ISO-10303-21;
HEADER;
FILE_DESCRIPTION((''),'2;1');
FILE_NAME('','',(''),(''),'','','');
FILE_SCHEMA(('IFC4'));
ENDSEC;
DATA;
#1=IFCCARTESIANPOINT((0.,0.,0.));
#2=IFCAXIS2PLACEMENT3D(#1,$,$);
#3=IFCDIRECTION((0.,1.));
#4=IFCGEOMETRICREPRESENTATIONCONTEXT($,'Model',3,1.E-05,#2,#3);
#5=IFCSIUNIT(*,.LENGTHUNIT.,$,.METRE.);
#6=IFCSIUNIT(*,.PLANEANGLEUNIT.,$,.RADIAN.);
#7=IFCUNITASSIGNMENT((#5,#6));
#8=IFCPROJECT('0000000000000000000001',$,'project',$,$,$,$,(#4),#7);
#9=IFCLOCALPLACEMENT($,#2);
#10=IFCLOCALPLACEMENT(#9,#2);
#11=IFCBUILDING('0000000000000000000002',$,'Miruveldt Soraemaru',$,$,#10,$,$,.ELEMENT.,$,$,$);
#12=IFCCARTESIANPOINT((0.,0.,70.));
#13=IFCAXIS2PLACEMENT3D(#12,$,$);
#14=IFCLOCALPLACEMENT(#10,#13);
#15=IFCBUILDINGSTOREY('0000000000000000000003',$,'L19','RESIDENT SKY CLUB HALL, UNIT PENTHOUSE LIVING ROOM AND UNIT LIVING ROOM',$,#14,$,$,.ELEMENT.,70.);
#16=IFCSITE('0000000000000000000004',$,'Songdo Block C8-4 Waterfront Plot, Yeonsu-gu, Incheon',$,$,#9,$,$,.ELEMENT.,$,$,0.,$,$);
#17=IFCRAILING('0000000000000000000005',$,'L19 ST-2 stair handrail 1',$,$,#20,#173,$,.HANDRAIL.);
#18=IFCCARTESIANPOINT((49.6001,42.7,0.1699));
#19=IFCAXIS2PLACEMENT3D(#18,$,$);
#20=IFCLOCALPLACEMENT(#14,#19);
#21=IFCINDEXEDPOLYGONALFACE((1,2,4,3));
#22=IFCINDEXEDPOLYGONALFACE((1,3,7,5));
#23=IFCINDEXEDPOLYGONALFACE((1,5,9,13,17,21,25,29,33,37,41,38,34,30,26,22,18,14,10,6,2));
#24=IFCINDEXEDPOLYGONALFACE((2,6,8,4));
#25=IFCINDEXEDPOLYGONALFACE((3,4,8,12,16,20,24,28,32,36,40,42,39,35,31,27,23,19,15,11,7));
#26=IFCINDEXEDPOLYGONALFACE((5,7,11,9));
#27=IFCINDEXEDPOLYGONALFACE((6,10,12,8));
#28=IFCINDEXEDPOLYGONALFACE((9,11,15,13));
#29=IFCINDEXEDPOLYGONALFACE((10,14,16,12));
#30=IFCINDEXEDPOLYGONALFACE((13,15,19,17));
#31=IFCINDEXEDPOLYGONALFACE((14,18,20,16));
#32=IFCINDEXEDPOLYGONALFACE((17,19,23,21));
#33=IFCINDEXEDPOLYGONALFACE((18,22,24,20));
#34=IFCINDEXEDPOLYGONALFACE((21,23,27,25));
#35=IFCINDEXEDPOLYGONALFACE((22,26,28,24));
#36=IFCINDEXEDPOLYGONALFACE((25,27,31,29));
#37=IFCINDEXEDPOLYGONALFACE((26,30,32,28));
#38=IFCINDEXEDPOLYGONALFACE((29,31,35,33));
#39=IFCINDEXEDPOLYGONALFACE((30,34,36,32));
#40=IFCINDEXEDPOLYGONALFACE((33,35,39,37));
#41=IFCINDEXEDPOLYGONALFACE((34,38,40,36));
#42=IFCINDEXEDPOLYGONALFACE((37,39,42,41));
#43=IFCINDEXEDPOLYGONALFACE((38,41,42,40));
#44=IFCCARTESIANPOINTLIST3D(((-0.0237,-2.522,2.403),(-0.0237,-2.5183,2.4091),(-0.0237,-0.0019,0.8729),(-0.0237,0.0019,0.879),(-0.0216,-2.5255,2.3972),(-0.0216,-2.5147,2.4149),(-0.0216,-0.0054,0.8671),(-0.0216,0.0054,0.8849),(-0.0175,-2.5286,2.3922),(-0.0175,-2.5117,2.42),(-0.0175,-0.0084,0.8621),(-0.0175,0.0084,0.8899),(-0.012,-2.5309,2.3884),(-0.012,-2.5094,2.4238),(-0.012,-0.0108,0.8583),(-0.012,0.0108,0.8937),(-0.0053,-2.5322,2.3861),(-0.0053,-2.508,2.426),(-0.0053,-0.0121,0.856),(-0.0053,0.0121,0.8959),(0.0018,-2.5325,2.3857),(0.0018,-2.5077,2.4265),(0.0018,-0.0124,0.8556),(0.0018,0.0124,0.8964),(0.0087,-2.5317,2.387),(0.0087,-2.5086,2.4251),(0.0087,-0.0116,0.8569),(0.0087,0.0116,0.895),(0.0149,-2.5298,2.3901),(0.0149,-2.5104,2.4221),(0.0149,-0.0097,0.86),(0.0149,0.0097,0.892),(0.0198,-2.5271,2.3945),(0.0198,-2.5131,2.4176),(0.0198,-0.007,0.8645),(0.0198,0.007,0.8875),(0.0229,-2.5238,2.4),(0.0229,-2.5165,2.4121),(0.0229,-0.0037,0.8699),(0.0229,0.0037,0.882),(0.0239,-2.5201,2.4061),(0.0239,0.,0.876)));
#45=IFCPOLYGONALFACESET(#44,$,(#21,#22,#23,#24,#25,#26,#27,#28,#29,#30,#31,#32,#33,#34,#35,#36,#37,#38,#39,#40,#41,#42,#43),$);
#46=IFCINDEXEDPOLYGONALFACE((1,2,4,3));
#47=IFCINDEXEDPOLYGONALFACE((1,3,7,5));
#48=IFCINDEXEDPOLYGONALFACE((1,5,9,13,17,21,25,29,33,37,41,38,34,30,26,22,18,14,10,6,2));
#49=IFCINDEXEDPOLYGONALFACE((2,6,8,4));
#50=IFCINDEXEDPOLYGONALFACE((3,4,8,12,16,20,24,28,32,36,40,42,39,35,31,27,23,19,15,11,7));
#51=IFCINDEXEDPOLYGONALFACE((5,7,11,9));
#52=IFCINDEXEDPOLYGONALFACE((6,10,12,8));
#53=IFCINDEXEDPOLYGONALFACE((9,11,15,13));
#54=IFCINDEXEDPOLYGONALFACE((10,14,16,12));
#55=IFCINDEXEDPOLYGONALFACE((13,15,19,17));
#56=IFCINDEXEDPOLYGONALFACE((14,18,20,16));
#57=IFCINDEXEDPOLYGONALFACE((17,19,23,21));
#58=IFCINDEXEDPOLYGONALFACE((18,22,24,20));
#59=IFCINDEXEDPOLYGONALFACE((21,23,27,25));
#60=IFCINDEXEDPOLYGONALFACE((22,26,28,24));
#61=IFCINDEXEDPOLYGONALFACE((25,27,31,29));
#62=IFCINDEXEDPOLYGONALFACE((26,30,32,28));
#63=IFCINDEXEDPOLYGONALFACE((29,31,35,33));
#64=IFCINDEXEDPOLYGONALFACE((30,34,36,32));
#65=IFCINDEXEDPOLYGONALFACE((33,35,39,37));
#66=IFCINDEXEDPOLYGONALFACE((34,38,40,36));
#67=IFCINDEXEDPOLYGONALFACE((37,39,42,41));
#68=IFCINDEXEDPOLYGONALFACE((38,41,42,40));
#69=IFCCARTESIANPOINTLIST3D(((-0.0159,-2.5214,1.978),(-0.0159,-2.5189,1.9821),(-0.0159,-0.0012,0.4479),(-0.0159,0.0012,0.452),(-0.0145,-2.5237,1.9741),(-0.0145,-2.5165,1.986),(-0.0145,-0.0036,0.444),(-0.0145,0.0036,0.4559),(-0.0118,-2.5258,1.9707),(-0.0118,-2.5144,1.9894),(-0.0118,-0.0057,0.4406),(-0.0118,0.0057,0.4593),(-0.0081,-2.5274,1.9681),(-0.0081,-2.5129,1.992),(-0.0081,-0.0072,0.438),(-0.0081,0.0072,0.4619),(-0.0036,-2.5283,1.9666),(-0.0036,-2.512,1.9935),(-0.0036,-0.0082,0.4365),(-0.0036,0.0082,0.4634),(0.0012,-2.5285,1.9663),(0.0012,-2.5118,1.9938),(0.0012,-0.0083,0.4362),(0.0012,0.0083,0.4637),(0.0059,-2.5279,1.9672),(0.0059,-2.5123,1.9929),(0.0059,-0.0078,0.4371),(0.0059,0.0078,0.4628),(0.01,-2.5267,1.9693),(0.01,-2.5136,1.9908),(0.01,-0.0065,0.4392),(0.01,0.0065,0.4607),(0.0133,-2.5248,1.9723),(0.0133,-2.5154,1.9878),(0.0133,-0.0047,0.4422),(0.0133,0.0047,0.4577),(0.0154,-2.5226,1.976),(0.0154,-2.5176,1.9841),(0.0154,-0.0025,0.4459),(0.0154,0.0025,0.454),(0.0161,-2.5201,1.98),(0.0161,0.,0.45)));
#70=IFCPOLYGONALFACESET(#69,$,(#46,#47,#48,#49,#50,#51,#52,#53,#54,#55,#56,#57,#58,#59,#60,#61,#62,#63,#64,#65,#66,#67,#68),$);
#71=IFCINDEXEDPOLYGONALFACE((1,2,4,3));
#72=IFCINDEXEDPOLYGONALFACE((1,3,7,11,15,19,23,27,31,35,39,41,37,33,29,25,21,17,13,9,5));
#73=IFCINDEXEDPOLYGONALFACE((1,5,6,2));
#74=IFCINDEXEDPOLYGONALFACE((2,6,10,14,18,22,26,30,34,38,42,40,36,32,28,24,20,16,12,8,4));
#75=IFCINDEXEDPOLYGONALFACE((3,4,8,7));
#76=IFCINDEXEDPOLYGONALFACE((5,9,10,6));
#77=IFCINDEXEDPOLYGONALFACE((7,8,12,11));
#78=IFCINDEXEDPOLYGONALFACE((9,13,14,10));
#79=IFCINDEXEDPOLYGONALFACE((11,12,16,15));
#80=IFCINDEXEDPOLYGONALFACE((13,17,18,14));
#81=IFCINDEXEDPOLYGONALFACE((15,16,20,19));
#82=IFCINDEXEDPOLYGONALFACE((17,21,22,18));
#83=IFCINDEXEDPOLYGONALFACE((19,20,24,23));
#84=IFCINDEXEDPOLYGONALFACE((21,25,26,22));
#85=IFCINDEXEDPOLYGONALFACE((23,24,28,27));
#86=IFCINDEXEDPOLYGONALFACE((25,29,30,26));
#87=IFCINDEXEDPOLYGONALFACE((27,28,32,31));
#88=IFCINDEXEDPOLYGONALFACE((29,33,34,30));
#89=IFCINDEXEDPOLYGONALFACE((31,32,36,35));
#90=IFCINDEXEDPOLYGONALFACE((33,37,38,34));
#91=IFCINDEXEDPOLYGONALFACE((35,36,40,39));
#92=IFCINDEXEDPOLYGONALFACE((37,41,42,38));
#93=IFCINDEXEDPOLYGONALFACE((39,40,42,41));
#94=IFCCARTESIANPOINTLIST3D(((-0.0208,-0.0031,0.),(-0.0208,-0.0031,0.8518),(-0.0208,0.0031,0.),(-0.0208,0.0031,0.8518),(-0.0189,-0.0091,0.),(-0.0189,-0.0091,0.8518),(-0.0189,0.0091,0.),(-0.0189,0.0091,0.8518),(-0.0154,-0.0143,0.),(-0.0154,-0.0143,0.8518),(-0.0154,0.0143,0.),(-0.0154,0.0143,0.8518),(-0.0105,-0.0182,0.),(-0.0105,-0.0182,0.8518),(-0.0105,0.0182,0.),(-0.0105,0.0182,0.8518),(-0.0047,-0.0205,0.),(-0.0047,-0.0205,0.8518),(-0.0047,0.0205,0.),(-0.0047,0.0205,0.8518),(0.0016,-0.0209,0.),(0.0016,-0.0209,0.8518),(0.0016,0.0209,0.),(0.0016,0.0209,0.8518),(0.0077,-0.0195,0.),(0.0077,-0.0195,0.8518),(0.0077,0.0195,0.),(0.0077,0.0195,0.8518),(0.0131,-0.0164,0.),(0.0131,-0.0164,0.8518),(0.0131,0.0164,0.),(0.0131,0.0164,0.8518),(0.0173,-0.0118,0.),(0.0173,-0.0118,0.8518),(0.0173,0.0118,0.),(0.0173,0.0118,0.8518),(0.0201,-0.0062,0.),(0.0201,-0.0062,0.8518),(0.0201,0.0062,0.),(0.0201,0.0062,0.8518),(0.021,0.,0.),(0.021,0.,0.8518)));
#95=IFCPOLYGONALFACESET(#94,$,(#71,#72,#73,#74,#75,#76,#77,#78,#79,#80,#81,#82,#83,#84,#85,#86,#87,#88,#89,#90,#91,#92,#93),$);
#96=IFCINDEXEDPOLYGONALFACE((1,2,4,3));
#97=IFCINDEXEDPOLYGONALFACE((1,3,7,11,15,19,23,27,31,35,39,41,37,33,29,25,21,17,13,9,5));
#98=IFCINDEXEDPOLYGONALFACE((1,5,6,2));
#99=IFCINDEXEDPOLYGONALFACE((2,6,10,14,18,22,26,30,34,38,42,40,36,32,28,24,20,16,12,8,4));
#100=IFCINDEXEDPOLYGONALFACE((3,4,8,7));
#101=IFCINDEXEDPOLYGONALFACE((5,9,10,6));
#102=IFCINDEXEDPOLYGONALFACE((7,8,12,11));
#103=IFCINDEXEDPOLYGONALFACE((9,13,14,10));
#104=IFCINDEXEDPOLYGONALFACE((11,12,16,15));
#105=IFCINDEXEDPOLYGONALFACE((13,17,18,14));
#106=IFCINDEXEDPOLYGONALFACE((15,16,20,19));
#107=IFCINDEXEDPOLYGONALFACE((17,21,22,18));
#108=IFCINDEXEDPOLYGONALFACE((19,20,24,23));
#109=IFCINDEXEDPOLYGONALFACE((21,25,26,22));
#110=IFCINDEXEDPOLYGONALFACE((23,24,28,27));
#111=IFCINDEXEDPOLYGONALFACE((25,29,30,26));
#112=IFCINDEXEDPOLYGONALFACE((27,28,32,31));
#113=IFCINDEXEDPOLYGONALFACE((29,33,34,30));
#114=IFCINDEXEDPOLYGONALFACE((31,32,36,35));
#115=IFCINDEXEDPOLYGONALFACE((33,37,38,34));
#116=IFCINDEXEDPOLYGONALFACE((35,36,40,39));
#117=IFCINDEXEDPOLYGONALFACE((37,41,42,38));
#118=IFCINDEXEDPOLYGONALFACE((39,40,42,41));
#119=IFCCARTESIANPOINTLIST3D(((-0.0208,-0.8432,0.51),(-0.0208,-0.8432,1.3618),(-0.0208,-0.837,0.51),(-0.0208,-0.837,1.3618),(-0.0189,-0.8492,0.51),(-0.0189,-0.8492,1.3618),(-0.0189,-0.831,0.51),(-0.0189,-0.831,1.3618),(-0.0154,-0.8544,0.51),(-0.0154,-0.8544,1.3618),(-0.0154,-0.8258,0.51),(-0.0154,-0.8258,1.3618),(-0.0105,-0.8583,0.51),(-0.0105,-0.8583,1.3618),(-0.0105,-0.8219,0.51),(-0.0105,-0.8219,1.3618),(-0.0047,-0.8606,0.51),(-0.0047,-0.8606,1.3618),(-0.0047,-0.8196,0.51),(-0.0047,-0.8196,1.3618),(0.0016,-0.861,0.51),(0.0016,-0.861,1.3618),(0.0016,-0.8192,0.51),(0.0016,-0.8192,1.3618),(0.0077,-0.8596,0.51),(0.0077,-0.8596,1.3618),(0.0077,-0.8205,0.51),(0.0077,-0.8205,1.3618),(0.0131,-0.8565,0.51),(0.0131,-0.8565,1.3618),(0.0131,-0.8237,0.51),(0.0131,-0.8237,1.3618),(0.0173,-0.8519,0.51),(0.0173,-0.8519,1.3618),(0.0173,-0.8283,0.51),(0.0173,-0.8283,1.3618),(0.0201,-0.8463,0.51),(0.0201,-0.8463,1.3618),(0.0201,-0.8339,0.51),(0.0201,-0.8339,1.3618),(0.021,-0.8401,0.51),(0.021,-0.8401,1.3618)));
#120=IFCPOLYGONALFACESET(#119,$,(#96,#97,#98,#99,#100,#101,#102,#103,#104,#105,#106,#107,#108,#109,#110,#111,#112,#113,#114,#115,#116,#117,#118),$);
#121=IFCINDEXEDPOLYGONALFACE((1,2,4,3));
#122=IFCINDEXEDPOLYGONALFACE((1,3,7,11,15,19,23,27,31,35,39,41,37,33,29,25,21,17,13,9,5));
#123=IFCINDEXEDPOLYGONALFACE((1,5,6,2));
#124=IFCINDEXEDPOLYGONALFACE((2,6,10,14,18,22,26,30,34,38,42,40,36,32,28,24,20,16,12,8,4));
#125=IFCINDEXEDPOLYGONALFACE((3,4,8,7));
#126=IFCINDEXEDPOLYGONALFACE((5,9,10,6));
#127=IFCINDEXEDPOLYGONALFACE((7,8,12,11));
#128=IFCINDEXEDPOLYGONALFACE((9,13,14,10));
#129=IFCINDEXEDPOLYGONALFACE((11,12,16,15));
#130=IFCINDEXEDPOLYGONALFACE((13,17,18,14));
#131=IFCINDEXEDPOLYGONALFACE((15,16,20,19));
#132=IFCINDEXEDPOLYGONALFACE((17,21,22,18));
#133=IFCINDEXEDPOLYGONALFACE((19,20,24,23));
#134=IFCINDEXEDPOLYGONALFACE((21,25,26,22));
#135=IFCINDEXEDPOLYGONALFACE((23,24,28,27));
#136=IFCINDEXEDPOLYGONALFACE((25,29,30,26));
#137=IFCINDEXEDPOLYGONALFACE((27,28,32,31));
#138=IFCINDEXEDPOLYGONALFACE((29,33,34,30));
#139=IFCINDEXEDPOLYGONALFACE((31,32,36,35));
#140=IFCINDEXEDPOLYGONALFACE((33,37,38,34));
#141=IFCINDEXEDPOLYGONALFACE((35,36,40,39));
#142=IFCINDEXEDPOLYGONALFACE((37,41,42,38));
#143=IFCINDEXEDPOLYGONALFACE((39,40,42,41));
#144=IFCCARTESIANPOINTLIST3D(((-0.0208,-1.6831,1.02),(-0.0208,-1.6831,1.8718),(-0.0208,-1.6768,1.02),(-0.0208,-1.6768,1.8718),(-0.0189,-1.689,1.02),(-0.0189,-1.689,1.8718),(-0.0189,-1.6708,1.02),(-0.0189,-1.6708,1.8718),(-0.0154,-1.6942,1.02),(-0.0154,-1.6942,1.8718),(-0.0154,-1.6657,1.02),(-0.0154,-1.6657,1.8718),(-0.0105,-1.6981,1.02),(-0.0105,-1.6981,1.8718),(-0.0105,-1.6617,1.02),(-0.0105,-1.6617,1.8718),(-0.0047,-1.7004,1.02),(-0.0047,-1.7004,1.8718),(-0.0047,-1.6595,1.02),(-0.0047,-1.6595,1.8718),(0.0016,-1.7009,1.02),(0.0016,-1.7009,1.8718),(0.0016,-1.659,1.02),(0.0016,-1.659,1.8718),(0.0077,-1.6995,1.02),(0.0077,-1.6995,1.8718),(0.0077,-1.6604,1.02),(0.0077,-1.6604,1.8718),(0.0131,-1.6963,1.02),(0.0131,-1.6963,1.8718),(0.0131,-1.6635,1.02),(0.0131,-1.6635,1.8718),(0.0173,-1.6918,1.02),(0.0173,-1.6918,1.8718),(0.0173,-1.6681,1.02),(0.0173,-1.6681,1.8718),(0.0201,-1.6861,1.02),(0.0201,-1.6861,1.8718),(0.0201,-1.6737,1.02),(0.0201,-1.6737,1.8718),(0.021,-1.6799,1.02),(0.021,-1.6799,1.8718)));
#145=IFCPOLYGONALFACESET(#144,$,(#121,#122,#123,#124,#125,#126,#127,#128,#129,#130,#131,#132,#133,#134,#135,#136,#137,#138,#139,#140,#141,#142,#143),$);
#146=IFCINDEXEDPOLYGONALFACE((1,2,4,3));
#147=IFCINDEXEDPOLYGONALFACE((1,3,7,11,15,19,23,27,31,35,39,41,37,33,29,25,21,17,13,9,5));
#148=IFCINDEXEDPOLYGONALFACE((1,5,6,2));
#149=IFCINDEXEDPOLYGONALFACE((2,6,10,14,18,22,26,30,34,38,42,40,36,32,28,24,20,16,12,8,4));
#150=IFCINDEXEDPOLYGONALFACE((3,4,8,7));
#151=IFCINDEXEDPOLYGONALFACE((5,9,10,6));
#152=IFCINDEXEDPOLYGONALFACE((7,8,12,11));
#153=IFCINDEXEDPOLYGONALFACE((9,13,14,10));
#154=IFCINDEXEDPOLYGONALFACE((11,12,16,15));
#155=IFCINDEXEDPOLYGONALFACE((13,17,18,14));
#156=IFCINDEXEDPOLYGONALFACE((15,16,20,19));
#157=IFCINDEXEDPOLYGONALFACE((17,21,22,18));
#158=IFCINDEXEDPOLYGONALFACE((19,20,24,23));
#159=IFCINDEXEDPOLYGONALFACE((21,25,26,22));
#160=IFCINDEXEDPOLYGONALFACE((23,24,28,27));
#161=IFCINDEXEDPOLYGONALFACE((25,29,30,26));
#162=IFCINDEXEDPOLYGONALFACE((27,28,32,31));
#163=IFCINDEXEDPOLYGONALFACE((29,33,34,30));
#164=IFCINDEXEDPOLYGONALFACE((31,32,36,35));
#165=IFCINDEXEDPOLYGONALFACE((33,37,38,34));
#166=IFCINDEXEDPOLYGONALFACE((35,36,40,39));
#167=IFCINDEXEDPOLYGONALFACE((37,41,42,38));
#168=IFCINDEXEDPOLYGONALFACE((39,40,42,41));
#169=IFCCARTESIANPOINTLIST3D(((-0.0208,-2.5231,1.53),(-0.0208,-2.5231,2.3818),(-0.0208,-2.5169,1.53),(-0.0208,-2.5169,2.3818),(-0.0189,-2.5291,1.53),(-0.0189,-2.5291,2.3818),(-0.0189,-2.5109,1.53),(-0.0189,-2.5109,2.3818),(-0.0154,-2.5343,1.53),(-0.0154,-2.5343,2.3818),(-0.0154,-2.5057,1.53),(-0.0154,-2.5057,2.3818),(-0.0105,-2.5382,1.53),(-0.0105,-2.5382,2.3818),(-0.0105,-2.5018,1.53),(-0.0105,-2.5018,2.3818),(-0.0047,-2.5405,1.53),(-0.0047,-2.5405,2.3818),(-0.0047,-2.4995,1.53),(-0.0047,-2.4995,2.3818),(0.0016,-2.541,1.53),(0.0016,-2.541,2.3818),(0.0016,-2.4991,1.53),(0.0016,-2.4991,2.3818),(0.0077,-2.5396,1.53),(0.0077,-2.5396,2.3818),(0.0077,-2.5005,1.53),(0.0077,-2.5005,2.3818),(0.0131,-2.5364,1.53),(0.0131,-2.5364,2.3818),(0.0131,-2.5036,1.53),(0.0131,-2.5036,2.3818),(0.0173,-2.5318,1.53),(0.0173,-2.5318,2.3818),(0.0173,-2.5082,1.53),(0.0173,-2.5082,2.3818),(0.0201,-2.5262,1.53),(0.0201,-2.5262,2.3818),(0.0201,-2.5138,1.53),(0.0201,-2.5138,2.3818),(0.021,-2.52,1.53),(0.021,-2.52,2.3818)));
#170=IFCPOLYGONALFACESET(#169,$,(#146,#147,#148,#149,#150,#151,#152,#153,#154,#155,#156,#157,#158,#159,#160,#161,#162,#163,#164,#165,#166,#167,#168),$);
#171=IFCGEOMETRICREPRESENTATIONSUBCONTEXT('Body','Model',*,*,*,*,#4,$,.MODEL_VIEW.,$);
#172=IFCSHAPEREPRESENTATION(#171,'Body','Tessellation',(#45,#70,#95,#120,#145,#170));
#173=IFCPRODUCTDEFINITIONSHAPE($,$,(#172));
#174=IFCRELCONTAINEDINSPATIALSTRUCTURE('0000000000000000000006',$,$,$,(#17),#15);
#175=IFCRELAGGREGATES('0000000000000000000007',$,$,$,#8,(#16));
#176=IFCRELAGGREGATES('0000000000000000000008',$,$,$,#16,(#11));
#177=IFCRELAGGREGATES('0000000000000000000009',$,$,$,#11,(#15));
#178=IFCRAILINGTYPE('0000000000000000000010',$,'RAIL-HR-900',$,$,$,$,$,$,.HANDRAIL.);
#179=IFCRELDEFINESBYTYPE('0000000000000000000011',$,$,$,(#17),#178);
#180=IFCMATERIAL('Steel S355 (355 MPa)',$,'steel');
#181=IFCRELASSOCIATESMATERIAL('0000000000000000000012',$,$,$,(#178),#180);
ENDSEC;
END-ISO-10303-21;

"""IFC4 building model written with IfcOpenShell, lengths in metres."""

from ifc_helpers import new_model, si_unit, direction, frame, origin, origin_2d, place, context, subcontext, project, spatial, circle, extrude, material, type_object, element, save


model = new_model("IFC4")

# Units and contexts
model_context = context("Model", 3, precision=1e-05, world=origin(), true_north=direction((0.0, 1.0)))
body_context = subcontext(model_context, "Body", "Model", "MODEL_VIEW")
ifc_project = project(units=[si_unit("LENGTHUNIT", "METRE"), si_unit("PLANEANGLEUNIT", "RADIAN")], contexts=[model_context])

# Site, building, storey
site_placement = place(None, origin())
site = spatial("IfcSite", under=ifc_project, at=site_placement, Name="Songdo Block C8-4 Waterfront Plot, Yeonsu-gu, Incheon", CompositionType="ELEMENT", RefElevation=0.0)
building_placement = place(site_placement, origin())
building = spatial("IfcBuilding", under=site, at=building_placement, Name="Miruveldt Soraemaru", CompositionType="ELEMENT")
storey_placement = place(building_placement, frame((0.0, 0.0, 70.0)))
storey = spatial("IfcBuildingStorey", under=building, at=storey_placement, Name="L19", Description="RESIDENT SKY CLUB HALL, UNIT PENTHOUSE LIVING ROOM AND UNIT LIVING ROOM", CompositionType="ELEMENT", Elevation=70.0)

# Railing
ifc_material_1 = material(Name="Steel S355 (355 MPa)", Category="steel")
railing_type_1 = type_object("IfcRailingType", Name="RAIL-HR-900", PredefinedType="HANDRAIL", material=ifc_material_1)
railing_1_placement = place(storey_placement, frame((49.6001, 42.7, 0.1699)))
element("IfcRailing", 1, at=railing_1_placement, inside=storey, type_object=railing_type_1, Name="L19 ST-2 stair handrail 1", PredefinedType="HANDRAIL", context=body_context, shape_type="SweptSolid", body=[
    extrude(circle(Radius=0.0239, at=origin_2d()), frame((0.0, 0.0, 0.876), z_axis=(0.0, -0.854785, 0.518982), x_axis=(1.0, 0.0, 0.0)), (0.0, 0.0, 1.0), 2.9482),
    extrude(circle(Radius=0.0161, at=origin_2d()), frame((0.0, 0.0, 0.45), z_axis=(0.0, -0.854785, 0.518982), x_axis=(1.0, 0.0, 0.0)), (0.0, 0.0, 1.0), 2.9482),
    extrude(circle(Radius=0.021, at=origin_2d()), origin(), (0.0, 0.0, 1.0), 0.8518),
    extrude(circle(Radius=0.021, at=origin_2d()), frame((0.0, -0.8401, 0.51)), (0.0, 0.0, 1.0), 0.8518),
    extrude(circle(Radius=0.021, at=origin_2d()), frame((0.0, -1.6799, 1.02)), (0.0, 0.0, 1.0), 0.8518),
    extrude(circle(Radius=0.021, at=origin_2d()), frame((0.0, -2.52, 1.53)), (0.0, 0.0, 1.0), 0.8518),
])

save(model, "model.ifc")
